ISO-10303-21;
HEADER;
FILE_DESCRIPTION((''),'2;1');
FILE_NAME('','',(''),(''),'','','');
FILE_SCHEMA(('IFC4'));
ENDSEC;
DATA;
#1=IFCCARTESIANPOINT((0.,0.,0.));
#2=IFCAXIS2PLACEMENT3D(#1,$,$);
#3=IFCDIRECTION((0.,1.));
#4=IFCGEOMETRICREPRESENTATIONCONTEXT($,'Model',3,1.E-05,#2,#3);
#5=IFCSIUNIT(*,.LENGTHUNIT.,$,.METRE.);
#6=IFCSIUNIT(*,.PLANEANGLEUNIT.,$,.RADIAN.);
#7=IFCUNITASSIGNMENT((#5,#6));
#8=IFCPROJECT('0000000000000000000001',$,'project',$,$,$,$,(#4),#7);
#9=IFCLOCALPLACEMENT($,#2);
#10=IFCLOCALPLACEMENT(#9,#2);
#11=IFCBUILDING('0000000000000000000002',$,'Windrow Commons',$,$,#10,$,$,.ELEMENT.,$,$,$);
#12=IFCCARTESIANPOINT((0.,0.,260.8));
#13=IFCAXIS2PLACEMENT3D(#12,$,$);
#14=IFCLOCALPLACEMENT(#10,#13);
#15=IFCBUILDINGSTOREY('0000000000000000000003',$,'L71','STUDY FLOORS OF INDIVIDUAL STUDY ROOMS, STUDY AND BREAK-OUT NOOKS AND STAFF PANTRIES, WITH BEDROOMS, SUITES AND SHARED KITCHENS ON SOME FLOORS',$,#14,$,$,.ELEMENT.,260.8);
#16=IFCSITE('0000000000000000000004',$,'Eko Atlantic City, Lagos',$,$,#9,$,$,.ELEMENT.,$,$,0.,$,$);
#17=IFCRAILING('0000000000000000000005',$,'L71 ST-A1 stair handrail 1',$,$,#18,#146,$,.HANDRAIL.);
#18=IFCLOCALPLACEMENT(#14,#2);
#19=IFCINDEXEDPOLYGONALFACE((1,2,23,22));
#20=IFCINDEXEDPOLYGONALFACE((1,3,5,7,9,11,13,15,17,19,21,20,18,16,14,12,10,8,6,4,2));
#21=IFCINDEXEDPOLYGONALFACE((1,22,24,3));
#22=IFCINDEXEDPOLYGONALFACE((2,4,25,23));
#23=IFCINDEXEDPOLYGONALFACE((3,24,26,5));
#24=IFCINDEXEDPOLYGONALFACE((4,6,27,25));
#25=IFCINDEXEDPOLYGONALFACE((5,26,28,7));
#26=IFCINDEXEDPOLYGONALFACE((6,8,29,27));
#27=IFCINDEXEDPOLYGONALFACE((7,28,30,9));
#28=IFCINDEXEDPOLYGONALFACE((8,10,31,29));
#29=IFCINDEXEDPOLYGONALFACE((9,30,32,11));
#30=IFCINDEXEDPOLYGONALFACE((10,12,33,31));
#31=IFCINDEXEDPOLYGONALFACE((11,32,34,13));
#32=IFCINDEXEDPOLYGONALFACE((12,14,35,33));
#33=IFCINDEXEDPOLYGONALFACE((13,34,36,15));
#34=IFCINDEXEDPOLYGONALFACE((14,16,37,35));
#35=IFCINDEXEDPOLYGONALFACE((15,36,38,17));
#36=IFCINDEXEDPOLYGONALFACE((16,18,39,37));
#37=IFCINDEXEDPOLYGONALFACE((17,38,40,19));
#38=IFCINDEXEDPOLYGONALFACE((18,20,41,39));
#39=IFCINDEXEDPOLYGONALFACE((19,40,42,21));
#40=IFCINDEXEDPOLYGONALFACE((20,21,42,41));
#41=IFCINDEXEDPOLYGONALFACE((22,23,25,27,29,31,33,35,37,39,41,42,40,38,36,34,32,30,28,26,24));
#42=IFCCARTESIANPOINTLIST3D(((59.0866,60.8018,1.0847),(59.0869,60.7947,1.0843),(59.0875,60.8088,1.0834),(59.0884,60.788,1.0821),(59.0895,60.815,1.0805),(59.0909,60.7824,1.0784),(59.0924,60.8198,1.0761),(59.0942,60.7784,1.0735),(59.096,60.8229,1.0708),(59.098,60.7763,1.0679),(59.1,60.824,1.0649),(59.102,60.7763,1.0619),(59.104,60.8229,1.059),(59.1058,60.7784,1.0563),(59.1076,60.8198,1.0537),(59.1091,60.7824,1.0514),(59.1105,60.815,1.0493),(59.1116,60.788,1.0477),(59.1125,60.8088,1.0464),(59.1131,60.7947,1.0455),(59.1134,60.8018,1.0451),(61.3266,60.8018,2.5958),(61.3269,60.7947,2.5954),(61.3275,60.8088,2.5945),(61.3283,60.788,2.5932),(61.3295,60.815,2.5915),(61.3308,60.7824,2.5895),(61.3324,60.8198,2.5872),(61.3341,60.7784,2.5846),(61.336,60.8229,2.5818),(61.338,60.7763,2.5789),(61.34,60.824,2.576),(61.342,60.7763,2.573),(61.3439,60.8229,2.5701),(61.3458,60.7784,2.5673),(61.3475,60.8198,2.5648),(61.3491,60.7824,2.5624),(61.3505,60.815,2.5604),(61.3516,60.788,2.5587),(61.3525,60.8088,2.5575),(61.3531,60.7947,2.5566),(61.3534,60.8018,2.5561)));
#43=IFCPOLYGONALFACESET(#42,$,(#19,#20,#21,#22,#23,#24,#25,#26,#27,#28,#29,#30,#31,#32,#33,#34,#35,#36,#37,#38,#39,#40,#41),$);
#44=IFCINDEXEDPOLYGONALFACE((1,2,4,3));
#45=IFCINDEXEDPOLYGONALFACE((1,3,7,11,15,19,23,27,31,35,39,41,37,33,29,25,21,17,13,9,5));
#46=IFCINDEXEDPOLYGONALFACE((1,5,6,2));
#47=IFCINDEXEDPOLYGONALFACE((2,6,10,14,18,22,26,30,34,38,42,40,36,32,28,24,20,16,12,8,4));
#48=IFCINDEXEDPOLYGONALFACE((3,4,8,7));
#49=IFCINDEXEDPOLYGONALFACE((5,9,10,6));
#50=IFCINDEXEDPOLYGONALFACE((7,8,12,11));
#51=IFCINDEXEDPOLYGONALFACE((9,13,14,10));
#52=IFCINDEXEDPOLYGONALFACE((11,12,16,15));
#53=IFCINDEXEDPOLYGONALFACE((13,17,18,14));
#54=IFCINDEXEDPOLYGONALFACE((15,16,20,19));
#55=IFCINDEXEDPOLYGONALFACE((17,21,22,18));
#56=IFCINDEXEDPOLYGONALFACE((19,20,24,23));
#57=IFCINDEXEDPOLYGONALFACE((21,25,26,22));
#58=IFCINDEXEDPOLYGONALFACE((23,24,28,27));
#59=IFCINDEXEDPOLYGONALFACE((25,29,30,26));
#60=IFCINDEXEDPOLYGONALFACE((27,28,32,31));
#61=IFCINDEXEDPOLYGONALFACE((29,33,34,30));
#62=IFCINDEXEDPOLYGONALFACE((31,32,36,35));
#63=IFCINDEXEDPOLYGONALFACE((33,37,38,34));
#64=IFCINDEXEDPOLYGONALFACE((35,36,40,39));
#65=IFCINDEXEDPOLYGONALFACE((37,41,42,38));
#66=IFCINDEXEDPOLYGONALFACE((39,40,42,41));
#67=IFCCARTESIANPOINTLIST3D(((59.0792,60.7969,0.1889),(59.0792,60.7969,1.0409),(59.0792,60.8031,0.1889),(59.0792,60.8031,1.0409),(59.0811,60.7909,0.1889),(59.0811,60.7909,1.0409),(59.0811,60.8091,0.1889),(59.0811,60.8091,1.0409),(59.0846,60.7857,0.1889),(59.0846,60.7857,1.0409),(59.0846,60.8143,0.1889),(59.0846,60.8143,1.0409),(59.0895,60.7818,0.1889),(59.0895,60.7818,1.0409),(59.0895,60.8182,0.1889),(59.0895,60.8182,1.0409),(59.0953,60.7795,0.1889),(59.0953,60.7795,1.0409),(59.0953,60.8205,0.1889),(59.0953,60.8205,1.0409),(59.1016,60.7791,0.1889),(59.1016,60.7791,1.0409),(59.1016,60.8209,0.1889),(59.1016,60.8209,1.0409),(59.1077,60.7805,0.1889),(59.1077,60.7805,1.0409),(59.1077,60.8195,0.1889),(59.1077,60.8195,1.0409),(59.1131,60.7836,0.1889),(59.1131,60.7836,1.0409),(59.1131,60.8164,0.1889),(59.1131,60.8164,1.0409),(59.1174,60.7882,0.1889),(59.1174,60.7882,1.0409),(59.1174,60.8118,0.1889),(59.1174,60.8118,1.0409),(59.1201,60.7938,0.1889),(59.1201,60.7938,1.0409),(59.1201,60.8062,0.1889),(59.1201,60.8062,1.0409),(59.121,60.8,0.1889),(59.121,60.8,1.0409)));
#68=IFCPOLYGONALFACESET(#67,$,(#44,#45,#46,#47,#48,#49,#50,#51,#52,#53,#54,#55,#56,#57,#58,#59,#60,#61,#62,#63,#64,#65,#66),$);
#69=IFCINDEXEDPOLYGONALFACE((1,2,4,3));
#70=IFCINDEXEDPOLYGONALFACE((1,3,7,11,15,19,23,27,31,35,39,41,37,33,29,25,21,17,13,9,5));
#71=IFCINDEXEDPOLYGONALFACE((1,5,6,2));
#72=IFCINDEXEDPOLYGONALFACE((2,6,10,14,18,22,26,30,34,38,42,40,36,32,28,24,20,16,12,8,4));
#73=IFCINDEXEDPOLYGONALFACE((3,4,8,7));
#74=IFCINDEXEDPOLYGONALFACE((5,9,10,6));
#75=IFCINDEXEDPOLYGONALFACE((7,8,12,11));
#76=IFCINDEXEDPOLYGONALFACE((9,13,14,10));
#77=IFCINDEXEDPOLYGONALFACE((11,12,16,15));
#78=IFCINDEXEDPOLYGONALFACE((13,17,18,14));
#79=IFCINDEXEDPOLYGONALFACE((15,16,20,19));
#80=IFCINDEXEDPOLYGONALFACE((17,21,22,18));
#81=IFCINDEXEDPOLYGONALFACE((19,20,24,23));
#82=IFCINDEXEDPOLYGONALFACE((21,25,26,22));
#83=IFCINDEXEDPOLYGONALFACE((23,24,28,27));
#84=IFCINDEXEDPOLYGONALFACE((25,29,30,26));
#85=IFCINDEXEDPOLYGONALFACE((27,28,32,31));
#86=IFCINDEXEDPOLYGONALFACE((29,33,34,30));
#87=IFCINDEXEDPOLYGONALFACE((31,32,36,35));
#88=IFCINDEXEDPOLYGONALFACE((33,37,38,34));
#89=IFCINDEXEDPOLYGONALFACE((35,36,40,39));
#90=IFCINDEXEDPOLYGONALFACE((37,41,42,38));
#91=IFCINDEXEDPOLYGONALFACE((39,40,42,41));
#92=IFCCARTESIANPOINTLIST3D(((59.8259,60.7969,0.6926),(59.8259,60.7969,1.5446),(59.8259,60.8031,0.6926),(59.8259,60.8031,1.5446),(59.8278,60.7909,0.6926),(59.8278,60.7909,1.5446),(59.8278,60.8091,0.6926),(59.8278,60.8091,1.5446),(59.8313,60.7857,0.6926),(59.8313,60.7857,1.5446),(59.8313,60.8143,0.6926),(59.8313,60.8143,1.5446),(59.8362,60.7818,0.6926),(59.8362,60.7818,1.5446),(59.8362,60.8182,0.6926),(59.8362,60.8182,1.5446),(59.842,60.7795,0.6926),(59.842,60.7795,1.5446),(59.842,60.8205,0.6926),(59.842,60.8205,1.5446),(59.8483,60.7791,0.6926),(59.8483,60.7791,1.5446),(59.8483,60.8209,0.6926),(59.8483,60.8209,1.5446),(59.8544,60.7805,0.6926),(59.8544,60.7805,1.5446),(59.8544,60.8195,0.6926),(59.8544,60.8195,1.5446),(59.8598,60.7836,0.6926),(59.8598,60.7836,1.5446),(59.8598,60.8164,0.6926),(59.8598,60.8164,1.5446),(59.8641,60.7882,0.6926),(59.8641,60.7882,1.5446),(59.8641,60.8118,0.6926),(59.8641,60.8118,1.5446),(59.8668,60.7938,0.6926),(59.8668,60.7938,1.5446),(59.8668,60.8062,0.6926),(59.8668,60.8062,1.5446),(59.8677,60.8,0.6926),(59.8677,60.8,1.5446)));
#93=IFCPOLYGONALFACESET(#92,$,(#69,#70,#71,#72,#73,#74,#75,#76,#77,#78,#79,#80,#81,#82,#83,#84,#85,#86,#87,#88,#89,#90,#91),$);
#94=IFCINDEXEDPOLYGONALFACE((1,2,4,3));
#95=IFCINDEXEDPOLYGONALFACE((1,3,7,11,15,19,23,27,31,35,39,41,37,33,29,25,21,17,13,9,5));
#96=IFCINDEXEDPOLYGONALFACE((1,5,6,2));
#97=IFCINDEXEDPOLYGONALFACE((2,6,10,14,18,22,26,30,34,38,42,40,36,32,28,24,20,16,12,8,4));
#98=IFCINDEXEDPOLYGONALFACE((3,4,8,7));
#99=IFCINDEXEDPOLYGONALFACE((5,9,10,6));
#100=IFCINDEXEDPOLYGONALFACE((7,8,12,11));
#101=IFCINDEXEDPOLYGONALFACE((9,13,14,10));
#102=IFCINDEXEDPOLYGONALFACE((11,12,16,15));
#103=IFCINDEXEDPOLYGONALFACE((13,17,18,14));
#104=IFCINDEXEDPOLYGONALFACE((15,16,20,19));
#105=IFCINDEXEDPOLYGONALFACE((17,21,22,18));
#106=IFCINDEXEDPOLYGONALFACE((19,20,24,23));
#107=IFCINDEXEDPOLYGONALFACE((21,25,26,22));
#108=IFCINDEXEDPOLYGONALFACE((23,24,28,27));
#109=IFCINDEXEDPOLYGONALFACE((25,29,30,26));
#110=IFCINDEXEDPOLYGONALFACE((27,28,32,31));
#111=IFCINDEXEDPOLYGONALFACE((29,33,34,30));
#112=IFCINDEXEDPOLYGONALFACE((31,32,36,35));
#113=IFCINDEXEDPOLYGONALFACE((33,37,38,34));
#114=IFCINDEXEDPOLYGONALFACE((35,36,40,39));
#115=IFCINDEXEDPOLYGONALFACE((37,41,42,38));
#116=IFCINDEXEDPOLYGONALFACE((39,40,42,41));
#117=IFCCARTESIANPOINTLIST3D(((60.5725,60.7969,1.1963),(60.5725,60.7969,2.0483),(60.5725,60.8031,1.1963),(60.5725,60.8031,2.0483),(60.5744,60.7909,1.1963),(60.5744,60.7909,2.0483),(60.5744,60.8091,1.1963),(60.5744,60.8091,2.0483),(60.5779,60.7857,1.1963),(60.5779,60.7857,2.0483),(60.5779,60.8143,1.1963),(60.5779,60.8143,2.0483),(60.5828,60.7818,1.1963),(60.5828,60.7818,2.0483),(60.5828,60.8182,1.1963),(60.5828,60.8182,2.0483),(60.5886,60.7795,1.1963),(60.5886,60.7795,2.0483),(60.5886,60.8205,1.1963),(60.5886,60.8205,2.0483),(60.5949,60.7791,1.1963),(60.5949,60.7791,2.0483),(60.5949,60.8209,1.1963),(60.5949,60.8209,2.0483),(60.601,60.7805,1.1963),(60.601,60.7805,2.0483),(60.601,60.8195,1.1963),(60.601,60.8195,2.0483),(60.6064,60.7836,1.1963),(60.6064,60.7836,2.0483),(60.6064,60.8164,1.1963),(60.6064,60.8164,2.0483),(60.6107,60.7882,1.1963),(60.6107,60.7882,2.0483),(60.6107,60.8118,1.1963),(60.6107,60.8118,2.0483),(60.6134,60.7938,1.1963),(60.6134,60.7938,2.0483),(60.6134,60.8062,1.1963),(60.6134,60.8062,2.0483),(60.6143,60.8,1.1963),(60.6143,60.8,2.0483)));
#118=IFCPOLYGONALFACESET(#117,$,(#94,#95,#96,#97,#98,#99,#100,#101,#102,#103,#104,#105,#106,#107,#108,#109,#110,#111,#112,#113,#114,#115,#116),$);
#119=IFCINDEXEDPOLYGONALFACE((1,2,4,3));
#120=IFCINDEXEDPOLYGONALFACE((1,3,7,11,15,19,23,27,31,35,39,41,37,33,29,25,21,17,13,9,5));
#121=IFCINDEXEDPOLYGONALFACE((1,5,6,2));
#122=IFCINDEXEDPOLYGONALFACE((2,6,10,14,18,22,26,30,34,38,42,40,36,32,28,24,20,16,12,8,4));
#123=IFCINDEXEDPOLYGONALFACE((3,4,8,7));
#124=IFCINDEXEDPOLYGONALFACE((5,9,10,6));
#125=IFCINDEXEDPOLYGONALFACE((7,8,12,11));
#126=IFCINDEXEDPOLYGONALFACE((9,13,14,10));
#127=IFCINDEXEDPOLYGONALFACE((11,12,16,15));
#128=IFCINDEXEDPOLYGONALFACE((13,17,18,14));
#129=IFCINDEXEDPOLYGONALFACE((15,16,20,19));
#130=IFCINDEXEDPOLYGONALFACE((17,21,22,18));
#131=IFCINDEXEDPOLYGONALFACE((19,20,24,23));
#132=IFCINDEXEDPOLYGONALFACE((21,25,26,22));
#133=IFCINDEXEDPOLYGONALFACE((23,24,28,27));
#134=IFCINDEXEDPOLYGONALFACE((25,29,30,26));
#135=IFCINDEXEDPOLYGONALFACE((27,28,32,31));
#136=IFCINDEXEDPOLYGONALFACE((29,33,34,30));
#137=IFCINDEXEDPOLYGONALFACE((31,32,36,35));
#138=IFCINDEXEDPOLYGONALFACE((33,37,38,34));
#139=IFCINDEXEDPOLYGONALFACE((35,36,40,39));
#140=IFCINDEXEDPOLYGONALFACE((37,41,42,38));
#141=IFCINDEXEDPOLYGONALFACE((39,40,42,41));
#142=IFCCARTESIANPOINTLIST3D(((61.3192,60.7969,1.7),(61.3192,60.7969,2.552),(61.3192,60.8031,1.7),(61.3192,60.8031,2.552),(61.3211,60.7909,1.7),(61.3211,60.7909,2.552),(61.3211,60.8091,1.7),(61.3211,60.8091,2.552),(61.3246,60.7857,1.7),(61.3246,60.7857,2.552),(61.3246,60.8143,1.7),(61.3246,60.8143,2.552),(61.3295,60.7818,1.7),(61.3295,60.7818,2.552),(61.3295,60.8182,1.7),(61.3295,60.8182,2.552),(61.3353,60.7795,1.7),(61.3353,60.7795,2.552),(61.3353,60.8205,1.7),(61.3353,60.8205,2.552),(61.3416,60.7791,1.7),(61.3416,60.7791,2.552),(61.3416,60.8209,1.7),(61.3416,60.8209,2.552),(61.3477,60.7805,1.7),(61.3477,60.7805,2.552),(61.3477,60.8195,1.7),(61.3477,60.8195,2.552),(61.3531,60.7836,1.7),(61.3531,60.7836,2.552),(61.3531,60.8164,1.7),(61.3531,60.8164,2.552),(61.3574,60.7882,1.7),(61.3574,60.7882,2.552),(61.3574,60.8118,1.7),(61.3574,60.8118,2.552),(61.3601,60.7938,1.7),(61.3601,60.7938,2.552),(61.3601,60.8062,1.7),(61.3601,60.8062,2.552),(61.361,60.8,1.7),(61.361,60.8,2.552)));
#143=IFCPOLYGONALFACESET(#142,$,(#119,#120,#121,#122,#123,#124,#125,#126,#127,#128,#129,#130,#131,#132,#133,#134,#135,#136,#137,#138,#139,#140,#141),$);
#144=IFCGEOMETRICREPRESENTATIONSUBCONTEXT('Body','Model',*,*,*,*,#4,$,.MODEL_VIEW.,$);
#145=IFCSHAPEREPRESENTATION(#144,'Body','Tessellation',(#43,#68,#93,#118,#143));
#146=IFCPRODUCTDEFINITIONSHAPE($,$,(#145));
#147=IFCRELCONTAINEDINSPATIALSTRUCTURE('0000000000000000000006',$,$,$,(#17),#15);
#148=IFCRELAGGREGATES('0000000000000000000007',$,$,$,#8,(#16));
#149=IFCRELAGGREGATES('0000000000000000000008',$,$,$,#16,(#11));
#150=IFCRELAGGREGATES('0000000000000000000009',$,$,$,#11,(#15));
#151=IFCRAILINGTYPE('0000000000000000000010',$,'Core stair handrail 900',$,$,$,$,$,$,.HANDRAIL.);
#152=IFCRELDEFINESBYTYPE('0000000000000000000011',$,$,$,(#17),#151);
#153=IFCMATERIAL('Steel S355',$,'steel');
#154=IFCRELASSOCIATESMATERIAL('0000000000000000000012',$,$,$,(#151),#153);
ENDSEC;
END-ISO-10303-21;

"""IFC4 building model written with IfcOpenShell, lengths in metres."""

from ifc_helpers import new_model, si_unit, direction, frame, origin, origin_2d, place, context, subcontext, project, spatial, circle, extrude, material, type_object, element, save


model = new_model("IFC4")

# Units and contexts
model_context = context("Model", 3, precision=1e-05, world=origin(), true_north=direction((0.0, 1.0)))
body_context = subcontext(model_context, "Body", "Model", "MODEL_VIEW")
ifc_project = project(units=[si_unit("LENGTHUNIT", "METRE"), si_unit("PLANEANGLEUNIT", "RADIAN")], contexts=[model_context])

# Site, building, storey
site_placement = place(None, origin())
site = spatial("IfcSite", under=ifc_project, at=site_placement, Name="Eko Atlantic City, Lagos", CompositionType="ELEMENT", RefElevation=0.0)
building_placement = place(site_placement, origin())
building = spatial("IfcBuilding", under=site, at=building_placement, Name="Windrow Commons", CompositionType="ELEMENT")
storey_placement = place(building_placement, frame((0.0, 0.0, 260.8)))
storey = spatial("IfcBuildingStorey", under=building, at=storey_placement, Name="L71", Description="STUDY FLOORS OF INDIVIDUAL STUDY ROOMS, STUDY AND BREAK-OUT NOOKS AND STAFF PANTRIES, WITH BEDROOMS, SUITES AND SHARED KITCHENS ON SOME FLOORS", CompositionType="ELEMENT", Elevation=260.8)

# Railing
ifc_material_1 = material(Name="Steel S355", Category="steel")
railing_type_1 = type_object("IfcRailingType", Name="Core stair handrail 900", PredefinedType="HANDRAIL", material=ifc_material_1)
for number, where, name in (
    (1, (59.1, 60.8, 0.1889), "L71 ST-A1 stair handrail 1"),
):
    element("IfcRailing", number, at=place(storey_placement, frame(where)), inside=storey, type_object=railing_type_1, Name=name, PredefinedType="HANDRAIL", context=body_context, shape_type="SweptSolid", body=[
        extrude(circle(Radius=0.024, at=origin_2d()), frame((0.0, 0.0, 0.876), z_axis=(0.829003, 0.0, 0.559244), x_axis=(0.0, 1.0, 0.0)), (0.0, 0.0, 1.0), 2.702),
        extrude(circle(Radius=0.021, at=origin_2d()), origin(), (0.0, 0.0, 1.0), 0.852),
        extrude(circle(Radius=0.021, at=origin_2d()), frame((0.7467, 0.0, 0.5037)), (0.0, 0.0, 1.0), 0.852),
        extrude(circle(Radius=0.021, at=origin_2d()), frame((1.4933, 0.0, 1.0074)), (0.0, 0.0, 1.0), 0.852),
        extrude(circle(Radius=0.021, at=origin_2d()), frame((2.24, 0.0, 1.5111)), (0.0, 0.0, 1.0), 0.852),
    ])

save(model, "model.ifc")
